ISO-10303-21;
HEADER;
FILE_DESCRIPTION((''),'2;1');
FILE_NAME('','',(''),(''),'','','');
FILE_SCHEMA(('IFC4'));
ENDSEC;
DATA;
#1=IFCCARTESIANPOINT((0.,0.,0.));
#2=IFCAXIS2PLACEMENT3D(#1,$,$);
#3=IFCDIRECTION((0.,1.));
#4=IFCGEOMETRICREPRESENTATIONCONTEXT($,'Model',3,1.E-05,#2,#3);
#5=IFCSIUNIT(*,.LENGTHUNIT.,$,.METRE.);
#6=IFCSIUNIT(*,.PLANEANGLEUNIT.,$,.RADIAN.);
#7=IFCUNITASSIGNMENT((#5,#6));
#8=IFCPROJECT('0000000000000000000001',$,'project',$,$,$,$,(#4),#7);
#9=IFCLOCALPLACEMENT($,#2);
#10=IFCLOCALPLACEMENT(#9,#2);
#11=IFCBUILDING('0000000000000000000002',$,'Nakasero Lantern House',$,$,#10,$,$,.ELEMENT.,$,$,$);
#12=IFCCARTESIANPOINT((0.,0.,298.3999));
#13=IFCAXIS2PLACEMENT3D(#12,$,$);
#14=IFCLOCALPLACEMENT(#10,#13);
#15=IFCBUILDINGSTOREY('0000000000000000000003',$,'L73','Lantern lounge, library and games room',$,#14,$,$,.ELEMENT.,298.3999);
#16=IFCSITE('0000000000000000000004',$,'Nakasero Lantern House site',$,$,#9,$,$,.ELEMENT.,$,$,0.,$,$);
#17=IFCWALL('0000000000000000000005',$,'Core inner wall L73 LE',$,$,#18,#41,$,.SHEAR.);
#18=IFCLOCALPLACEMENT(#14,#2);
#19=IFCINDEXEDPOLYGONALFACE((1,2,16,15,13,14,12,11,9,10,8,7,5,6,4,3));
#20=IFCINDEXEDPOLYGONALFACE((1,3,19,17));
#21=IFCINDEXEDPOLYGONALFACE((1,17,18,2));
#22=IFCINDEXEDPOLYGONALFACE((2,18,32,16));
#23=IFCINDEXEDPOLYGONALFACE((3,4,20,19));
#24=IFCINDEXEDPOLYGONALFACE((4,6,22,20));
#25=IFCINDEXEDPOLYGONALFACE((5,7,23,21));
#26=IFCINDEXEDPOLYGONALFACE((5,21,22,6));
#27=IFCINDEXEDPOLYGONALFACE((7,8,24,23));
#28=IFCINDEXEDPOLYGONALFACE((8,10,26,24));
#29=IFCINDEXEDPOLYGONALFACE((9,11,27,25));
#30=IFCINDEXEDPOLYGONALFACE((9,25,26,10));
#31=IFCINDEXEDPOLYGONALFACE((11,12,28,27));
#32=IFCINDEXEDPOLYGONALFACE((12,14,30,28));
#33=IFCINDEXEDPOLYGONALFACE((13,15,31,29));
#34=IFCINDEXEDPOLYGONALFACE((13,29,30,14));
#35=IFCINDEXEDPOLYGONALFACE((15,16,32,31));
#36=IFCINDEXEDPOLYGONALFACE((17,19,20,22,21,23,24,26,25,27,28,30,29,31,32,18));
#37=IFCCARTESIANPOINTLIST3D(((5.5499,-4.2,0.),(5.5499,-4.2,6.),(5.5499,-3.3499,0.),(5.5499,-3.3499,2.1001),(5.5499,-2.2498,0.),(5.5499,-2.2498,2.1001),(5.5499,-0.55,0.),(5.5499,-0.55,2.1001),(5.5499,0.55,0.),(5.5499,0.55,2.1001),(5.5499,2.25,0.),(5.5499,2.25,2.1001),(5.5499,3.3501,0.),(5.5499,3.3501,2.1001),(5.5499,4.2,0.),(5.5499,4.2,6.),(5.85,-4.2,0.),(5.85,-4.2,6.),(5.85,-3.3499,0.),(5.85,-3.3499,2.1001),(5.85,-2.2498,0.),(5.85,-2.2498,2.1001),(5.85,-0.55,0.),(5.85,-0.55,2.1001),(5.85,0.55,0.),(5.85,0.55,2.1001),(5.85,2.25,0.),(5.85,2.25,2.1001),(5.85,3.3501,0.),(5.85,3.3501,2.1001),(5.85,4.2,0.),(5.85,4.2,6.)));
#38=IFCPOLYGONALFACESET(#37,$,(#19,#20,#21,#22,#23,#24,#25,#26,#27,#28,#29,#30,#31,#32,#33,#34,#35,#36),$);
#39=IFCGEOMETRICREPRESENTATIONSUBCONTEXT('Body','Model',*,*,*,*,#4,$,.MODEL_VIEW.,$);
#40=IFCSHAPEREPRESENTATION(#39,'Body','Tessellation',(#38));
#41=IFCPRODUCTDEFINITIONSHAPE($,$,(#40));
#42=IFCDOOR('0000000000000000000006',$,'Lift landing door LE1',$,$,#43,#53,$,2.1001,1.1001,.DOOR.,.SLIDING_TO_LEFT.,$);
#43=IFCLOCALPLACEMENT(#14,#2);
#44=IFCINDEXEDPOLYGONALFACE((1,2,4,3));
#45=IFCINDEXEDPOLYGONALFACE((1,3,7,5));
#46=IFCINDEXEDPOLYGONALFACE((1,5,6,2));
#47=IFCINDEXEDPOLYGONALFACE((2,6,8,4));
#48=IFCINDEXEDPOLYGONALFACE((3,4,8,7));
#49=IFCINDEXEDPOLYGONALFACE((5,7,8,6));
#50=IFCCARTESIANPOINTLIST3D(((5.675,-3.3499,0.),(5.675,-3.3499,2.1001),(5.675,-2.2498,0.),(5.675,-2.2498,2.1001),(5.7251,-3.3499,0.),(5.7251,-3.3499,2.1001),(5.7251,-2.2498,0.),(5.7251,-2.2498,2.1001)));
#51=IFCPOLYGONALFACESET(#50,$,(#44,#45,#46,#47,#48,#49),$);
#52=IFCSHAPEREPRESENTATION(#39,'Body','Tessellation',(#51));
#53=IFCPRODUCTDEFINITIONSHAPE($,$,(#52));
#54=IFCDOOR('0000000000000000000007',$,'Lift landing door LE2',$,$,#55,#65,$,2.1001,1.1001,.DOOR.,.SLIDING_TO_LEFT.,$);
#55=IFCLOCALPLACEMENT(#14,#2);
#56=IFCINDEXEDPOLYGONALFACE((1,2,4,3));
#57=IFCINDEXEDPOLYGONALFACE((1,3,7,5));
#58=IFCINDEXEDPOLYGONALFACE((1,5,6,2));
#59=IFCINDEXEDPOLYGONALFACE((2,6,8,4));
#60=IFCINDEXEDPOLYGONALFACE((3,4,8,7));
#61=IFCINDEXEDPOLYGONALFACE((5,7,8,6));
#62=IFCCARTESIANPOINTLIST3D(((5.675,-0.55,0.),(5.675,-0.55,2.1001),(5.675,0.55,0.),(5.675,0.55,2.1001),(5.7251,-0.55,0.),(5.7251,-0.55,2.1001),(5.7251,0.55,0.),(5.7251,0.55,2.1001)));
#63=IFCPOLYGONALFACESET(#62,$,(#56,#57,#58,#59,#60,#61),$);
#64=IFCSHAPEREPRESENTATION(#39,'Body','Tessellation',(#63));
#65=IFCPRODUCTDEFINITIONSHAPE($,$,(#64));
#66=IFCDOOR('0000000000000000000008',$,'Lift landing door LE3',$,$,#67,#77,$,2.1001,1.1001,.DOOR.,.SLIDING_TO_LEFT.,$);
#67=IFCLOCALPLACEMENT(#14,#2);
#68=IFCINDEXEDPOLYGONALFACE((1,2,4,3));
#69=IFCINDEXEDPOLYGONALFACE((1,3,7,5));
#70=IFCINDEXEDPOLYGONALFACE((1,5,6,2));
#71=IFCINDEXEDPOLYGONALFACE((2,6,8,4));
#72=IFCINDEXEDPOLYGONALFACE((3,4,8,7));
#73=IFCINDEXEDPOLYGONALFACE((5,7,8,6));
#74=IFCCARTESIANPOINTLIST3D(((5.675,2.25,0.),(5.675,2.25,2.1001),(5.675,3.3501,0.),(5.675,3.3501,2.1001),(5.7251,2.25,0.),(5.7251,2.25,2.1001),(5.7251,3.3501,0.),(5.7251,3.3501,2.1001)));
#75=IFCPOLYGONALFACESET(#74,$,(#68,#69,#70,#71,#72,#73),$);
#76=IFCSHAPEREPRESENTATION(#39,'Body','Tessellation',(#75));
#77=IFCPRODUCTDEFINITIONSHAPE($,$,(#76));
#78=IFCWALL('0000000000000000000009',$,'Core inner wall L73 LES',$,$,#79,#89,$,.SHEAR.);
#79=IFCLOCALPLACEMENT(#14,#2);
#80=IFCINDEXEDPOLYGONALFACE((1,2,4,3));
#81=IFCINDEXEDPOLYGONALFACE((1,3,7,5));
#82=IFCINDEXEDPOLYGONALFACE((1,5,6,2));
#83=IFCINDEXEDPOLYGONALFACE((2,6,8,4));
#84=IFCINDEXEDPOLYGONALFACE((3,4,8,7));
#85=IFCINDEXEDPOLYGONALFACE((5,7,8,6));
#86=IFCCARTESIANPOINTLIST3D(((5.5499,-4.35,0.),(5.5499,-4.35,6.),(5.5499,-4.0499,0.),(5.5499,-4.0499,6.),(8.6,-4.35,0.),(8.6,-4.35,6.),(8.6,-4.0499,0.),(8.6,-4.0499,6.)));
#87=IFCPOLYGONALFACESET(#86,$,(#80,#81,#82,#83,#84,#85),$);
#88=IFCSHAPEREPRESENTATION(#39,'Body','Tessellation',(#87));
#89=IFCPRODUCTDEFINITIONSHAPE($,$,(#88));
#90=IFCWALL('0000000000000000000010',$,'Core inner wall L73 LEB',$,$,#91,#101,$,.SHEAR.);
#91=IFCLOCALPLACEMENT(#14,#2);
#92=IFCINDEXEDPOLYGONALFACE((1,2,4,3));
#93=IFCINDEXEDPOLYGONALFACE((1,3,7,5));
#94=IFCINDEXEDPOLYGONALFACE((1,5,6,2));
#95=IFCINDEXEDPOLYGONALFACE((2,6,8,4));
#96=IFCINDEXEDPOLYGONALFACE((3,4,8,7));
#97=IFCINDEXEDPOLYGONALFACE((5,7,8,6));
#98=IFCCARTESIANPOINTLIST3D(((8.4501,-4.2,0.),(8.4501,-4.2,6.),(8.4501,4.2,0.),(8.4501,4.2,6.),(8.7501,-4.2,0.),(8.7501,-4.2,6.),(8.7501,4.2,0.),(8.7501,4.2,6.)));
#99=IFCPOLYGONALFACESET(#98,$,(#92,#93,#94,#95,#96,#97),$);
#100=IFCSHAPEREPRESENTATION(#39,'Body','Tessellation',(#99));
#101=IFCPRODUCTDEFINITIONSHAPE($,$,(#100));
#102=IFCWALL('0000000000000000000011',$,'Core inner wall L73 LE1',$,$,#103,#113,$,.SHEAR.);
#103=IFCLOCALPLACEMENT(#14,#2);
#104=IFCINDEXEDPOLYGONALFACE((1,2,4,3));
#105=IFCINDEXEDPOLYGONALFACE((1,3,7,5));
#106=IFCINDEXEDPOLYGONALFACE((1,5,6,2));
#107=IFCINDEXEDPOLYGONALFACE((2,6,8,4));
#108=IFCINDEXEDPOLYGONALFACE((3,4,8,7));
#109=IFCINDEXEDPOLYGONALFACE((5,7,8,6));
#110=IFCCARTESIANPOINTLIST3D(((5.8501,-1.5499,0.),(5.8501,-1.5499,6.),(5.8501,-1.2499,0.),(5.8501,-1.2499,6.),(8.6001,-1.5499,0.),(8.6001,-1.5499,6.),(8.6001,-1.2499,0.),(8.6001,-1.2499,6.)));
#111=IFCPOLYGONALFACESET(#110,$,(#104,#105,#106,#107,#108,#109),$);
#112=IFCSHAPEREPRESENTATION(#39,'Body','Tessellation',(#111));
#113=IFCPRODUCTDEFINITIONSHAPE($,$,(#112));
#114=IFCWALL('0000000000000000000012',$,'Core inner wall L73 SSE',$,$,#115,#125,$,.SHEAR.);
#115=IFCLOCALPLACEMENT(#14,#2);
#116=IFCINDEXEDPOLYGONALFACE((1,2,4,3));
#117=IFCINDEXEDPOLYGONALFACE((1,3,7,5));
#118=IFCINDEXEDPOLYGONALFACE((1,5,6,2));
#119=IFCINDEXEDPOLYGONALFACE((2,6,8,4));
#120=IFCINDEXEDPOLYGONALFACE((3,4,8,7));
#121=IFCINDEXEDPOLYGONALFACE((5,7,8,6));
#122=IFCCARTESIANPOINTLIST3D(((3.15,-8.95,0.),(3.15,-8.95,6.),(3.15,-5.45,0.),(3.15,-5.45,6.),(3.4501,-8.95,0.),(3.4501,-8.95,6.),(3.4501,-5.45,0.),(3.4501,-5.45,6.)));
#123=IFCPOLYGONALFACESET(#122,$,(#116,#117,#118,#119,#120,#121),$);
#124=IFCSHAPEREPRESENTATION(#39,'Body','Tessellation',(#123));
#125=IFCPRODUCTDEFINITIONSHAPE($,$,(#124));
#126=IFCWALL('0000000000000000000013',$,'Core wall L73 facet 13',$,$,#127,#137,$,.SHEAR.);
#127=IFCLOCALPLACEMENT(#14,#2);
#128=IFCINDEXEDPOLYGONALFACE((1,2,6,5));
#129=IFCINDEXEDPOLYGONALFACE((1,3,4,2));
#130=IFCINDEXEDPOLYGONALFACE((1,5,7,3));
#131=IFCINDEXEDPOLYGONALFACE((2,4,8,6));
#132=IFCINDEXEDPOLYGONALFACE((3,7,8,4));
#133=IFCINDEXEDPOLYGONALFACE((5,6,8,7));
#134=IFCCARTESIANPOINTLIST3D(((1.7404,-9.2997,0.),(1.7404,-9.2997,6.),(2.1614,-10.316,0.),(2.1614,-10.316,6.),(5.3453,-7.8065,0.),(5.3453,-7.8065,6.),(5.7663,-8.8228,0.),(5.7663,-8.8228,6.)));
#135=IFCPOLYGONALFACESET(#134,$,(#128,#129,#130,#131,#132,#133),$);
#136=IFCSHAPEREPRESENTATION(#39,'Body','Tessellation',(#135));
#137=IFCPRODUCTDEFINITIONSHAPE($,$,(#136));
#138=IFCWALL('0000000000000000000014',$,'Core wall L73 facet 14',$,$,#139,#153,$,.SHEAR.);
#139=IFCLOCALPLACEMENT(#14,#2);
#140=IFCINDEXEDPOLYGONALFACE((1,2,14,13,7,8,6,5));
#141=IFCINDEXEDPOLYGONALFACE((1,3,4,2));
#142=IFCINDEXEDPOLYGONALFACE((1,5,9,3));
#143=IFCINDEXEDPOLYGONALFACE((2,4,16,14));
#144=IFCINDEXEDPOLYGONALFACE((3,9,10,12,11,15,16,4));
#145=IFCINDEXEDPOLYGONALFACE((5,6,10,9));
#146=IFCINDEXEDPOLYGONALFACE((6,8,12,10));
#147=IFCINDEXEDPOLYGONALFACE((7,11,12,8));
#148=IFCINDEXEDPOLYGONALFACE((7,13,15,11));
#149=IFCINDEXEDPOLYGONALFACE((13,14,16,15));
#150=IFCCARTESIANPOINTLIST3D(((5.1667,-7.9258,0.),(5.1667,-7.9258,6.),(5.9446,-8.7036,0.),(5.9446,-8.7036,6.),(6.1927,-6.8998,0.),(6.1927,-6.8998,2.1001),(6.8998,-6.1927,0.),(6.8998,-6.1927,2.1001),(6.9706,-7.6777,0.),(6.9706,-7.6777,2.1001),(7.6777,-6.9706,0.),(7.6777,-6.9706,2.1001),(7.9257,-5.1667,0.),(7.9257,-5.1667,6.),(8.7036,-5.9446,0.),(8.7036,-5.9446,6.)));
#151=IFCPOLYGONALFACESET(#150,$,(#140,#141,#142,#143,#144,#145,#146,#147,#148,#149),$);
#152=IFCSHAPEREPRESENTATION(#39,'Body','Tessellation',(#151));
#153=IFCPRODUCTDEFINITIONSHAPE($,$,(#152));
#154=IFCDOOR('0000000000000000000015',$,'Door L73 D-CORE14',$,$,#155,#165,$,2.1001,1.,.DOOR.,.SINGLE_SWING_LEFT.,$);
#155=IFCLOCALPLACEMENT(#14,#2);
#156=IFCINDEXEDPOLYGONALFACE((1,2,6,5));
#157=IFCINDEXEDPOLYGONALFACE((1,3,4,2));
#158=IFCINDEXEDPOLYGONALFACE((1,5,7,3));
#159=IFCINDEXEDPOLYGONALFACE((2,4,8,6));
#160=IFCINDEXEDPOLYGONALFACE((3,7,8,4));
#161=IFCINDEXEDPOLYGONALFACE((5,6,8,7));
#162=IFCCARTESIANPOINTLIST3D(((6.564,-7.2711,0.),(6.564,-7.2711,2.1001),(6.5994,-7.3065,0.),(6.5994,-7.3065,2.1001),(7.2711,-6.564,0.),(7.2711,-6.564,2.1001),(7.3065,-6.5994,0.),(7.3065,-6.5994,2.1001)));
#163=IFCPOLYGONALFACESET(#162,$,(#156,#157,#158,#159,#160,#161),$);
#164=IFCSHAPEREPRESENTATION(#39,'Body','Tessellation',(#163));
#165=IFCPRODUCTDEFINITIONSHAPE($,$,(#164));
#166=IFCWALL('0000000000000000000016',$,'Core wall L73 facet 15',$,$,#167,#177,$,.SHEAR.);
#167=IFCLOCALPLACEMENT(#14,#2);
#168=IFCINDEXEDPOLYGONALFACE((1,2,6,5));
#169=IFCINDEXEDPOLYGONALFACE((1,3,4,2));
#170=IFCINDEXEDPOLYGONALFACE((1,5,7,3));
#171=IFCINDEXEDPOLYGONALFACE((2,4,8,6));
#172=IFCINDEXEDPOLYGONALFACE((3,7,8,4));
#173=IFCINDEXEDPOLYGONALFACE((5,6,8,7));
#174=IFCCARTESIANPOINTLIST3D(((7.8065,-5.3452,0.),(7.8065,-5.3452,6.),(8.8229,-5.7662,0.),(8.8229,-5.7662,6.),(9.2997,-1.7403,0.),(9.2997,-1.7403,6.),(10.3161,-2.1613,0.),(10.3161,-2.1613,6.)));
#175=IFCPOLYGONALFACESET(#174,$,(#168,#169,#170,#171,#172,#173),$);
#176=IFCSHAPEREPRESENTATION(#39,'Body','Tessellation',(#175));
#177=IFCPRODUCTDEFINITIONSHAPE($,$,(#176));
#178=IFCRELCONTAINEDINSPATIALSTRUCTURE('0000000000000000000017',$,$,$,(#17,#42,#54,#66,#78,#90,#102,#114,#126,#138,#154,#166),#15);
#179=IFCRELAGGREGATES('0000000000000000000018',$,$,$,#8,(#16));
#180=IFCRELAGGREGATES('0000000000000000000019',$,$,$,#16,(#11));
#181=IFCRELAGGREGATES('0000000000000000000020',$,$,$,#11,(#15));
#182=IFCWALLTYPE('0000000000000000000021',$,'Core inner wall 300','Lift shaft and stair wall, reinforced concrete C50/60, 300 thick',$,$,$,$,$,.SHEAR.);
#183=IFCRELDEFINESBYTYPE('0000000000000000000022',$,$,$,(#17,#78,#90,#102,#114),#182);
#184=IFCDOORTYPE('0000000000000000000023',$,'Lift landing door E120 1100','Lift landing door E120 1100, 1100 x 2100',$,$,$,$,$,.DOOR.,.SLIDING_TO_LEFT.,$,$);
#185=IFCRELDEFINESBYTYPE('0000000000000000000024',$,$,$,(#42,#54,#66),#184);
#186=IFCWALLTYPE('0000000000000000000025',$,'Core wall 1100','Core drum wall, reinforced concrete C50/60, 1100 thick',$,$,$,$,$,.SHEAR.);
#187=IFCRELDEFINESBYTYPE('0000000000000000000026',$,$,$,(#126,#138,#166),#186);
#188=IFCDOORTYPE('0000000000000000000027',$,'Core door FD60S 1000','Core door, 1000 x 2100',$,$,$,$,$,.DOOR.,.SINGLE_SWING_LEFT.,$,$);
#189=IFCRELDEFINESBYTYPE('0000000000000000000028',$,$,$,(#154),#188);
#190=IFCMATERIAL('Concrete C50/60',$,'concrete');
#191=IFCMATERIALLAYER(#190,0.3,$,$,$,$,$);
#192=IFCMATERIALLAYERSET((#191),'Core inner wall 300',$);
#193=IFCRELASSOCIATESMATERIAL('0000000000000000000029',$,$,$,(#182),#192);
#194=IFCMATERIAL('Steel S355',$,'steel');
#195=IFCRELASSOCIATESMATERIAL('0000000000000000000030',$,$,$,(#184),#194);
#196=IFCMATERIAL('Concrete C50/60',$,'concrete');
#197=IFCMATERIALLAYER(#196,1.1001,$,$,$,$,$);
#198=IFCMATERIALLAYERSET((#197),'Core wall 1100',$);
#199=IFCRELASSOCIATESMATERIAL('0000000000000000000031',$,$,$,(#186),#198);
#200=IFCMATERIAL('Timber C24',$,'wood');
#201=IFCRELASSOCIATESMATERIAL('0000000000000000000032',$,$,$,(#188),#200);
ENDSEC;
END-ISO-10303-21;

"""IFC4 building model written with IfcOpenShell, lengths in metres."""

from ifc_helpers import new_model, si_unit, direction, frame, frame_2d, origin, place, context, subcontext, project, spatial, rectangle, extrude, material, layer, layer_set, type_object, element, fill, save


model = new_model("IFC4")

# Units and contexts
model_context = context("Model", 3, precision=1e-05, world=origin(), true_north=direction((0.0, 1.0)))
body_context = subcontext(model_context, "Body", "Model", "MODEL_VIEW")
ifc_project = project(units=[si_unit("LENGTHUNIT", "METRE"), si_unit("PLANEANGLEUNIT", "RADIAN")], contexts=[model_context])

# Site, building, storey
site_placement = place(None, origin())
site = spatial("IfcSite", under=ifc_project, at=site_placement, Name="Nakasero Lantern House site", CompositionType="ELEMENT", RefElevation=0.0)
building_placement = place(site_placement, origin())
building = spatial("IfcBuilding", under=site, at=building_placement, Name="Nakasero Lantern House", CompositionType="ELEMENT")
storey_placement = place(building_placement, frame((0.0, 0.0, 298.3999)))
storey = spatial("IfcBuildingStorey", under=building, at=storey_placement, Name="L73", Description="Lantern lounge, library and games room", CompositionType="ELEMENT", Elevation=298.3999)

# Wall, openings, doors
ifc_material_1 = material(Name="Concrete C50/60", Category="concrete")
ifc_layer_1 = layer(ifc_material_1, 0.3)
ifc_layer_set_1 = layer_set([ifc_layer_1], Name="Core inner wall 300")
wall_type_1 = type_object("IfcWallType", Name="Core inner wall 300", Description="Lift shaft and stair wall, reinforced concrete C50/60, 300 thick", PredefinedType="SHEAR", material=ifc_layer_set_1)
wall_1_placement = place(storey_placement, frame((5.7, -4.2, 0.0), z_axis=(0.0, 0.0, 1.0), x_axis=(0.0, 1.0, 0.0)))
wall_1 = element("IfcWall", 1, at=wall_1_placement, inside=storey, type_object=wall_type_1, Name="Core inner wall L73 LE", PredefinedType="SHEAR", context=body_context, shape_type="SweptSolid", body=[
    extrude(rectangle(XDim=8.3999, YDim=0.3, at=frame_2d((4.2, 0.0))), origin(), (0.0, 0.0, 1.0), 6.0),
])
opening_1_placement = place(wall_1_placement, frame((0.8501, 0.0, 0.0)))
opening_1 = element("IfcOpeningElement", 2, at=opening_1_placement, cuts=wall_1, PredefinedType="OPENING", context=body_context, shape_type="SweptSolid", body=[
    extrude(rectangle(XDim=1.1001, YDim=2.1001, at=frame_2d((0.55, 1.05))), frame((0.0, 0.1699, 0.0), z_axis=(0.0, -1.0, 0.0), x_axis=(1.0, 0.0, 0.0)), (0.0, 0.0, 1.0), 0.3401),
])
opening_2_placement = place(wall_1_placement, frame((3.6499, 0.0, 0.0)))
opening_2 = element("IfcOpeningElement", 3, at=opening_2_placement, cuts=wall_1, PredefinedType="OPENING", context=body_context, shape_type="SweptSolid", body=[
    extrude(rectangle(XDim=1.1001, YDim=2.1001, at=frame_2d((0.55, 1.05))), frame((0.0, 0.1699, 0.0), z_axis=(0.0, -1.0, 0.0), x_axis=(1.0, 0.0, 0.0)), (0.0, 0.0, 1.0), 0.3401),
])
opening_3_placement = place(wall_1_placement, frame((6.45, 0.0, 0.0)))
opening_3 = element("IfcOpeningElement", 4, at=opening_3_placement, cuts=wall_1, PredefinedType="OPENING", context=body_context, shape_type="SweptSolid", body=[
    extrude(rectangle(XDim=1.1001, YDim=2.1001, at=frame_2d((0.55, 1.05))), frame((0.0, 0.1699, 0.0), z_axis=(0.0, -1.0, 0.0), x_axis=(1.0, 0.0, 0.0)), (0.0, 0.0, 1.0), 0.3401),
])
ifc_material_2 = material(Name="Steel S355", Category="steel")
door_type_1 = type_object("IfcDoorType", Name="Lift landing door E120 1100", Description="Lift landing door E120 1100, 1100 x 2100", OperationType="SLIDING_TO_LEFT", PredefinedType="DOOR", material=ifc_material_2)
door_1_placement = place(opening_1_placement, origin())
door_1 = element("IfcDoor", 5, at=door_1_placement, inside=storey, type_object=door_type_1, Name="Lift landing door LE1", OperationType="SLIDING_TO_LEFT", OverallHeight=2.1001, OverallWidth=1.1001, PredefinedType="DOOR", context=body_context, shape_type="SweptSolid", body=[
    extrude(rectangle(XDim=1.1001, YDim=2.1001, at=frame_2d((0.55, 1.05))), frame((0.0, 0.0249, 0.0), z_axis=(0.0, -1.0, 0.0), x_axis=(1.0, 0.0, 0.0)), (0.0, 0.0, 1.0), 0.05),
])
fill(opening_1, door_1)
door_2_placement = place(opening_2_placement, origin())
door_2 = element("IfcDoor", 6, at=door_2_placement, inside=storey, type_object=door_type_1, Name="Lift landing door LE2", OperationType="SLIDING_TO_LEFT", OverallHeight=2.1001, OverallWidth=1.1001, PredefinedType="DOOR", context=body_context, shape_type="SweptSolid", body=[
    extrude(rectangle(XDim=1.1001, YDim=2.1001, at=frame_2d((0.55, 1.05))), frame((0.0, 0.0249, 0.0), z_axis=(0.0, -1.0, 0.0), x_axis=(1.0, 0.0, 0.0)), (0.0, 0.0, 1.0), 0.05),
])
fill(opening_2, door_2)
door_3_placement = place(opening_3_placement, origin())
door_3 = element("IfcDoor", 7, at=door_3_placement, inside=storey, type_object=door_type_1, Name="Lift landing door LE3", OperationType="SLIDING_TO_LEFT", OverallHeight=2.1001, OverallWidth=1.1001, PredefinedType="DOOR", context=body_context, shape_type="SweptSolid", body=[
    extrude(rectangle(XDim=1.1001, YDim=2.1001, at=frame_2d((0.55, 1.05))), frame((0.0, 0.0249, 0.0), z_axis=(0.0, -1.0, 0.0), x_axis=(1.0, 0.0, 0.0)), (0.0, 0.0, 1.0), 0.05),
])
fill(opening_3, door_3)

# Walls
wall_2_placement = place(storey_placement, frame((5.55, -4.2, 0.0), z_axis=(0.0, 0.0, 1.0), x_axis=(1.0, 0.0, 0.0)))
element("IfcWall", 8, at=wall_2_placement, inside=storey, type_object=wall_type_1, Name="Core inner wall L73 LES", PredefinedType="SHEAR", context=body_context, shape_type="SweptSolid", body=[
    extrude(rectangle(XDim=3.05, YDim=0.3, at=frame_2d((1.5249, 0.0))), origin(), (0.0, 0.0, 1.0), 6.0),
])
wall_3_placement = place(storey_placement, frame((8.6001, -4.2, 0.0), z_axis=(0.0, 0.0, 1.0), x_axis=(0.0, 1.0, 0.0)))
element("IfcWall", 9, at=wall_3_placement, inside=storey, type_object=wall_type_1, Name="Core inner wall L73 LEB", PredefinedType="SHEAR", context=body_context, shape_type="SweptSolid", body=[
    extrude(rectangle(XDim=8.3999, YDim=0.3, at=frame_2d((4.2, 0.0))), origin(), (0.0, 0.0, 1.0), 6.0),
])
wall_4_placement = place(storey_placement, frame((5.8501, -1.3999, 0.0), z_axis=(0.0, 0.0, 1.0), x_axis=(1.0, 0.0, 0.0)))
element("IfcWall", 10, at=wall_4_placement, inside=storey, type_object=wall_type_1, Name="Core inner wall L73 LE1", PredefinedType="SHEAR", context=body_context, shape_type="SweptSolid", body=[
    extrude(rectangle(XDim=2.75, YDim=0.3, at=frame_2d((1.375, 0.0))), origin(), (0.0, 0.0, 1.0), 6.0),
])
wall_5_placement = place(storey_placement, frame((3.3, -5.45, 0.0), z_axis=(0.0, 0.0, 1.0), x_axis=(0.0, -1.0, 0.0)))
element("IfcWall", 11, at=wall_5_placement, inside=storey, type_object=wall_type_1, Name="Core inner wall L73 SSE", PredefinedType="SHEAR", context=body_context, shape_type="SweptSolid", body=[
    extrude(rectangle(XDim=3.5, YDim=0.3, at=frame_2d((1.75, 0.0))), origin(), (0.0, 0.0, 1.0), 6.0),
])
ifc_material_3 = material(Name="Concrete C50/60", Category="concrete")
ifc_layer_2 = layer(ifc_material_3, 1.1001)
ifc_layer_set_2 = layer_set([ifc_layer_2], Name="Core wall 1100")
wall_type_2 = type_object("IfcWallType", Name="Core wall 1100", Description="Core drum wall, reinforced concrete C50/60, 1100 thick", PredefinedType="SHEAR", material=ifc_layer_set_2)
wall_6_placement = place(storey_placement, frame((1.9509, -9.8079, 0.0), z_axis=(0.0, 0.0, 1.0), x_axis=(0.923877, 0.382691, 0.0)))
element("IfcWall", 12, at=wall_6_placement, inside=storey, type_object=wall_type_2, Name="Core wall L73 facet 13", PredefinedType="SHEAR", context=body_context, shape_type="SweptSolid", body=[
    extrude(rectangle(XDim=3.9019, YDim=1.1001, at=frame_2d((1.9509, 0.0))), origin(), (0.0, 0.0, 1.0), 6.0),
])

# Wall, opening, door
wall_7_placement = place(storey_placement, frame((5.5557, -8.3147, 0.0), z_axis=(0.0, 0.0, 1.0), x_axis=(0.707107, 0.707107, 0.0)))
wall_7 = element("IfcWall", 13, at=wall_7_placement, inside=storey, type_object=wall_type_2, Name="Core wall L73 facet 14", PredefinedType="SHEAR", context=body_context, shape_type="SweptSolid", body=[
    extrude(rectangle(XDim=3.9019, YDim=1.1001, at=frame_2d((1.9509, 0.0))), origin(), (0.0, 0.0, 1.0), 6.0),
])
opening_4_placement = place(wall_7_placement, frame((1.4509, 0.0, 0.0)))
opening_4 = element("IfcOpeningElement", 14, at=opening_4_placement, cuts=wall_7, PredefinedType="OPENING", context=body_context, shape_type="SweptSolid", body=[
    extrude(rectangle(XDim=1.0, YDim=2.1001, at=frame_2d((0.5, 1.05))), frame((0.0, 0.5701, 0.0), z_axis=(0.0, -1.0, 0.0), x_axis=(1.0, 0.0, 0.0)), (0.0, 0.0, 1.0), 1.1401),
])
ifc_material_4 = material(Name="Timber C24", Category="wood")
door_type_2 = type_object("IfcDoorType", Name="Core door FD60S 1000", Description="Core door, 1000 x 2100", OperationType="SINGLE_SWING_LEFT", PredefinedType="DOOR", material=ifc_material_4)
door_4_placement = place(opening_4_placement, origin())
door_4 = element("IfcDoor", 15, at=door_4_placement, inside=storey, type_object=door_type_2, Name="Door L73 D-CORE14", OperationType="SINGLE_SWING_LEFT", OverallHeight=2.1001, OverallWidth=1.0, PredefinedType="DOOR", context=body_context, shape_type="SweptSolid", body=[
    extrude(rectangle(XDim=1.0, YDim=2.1001, at=frame_2d((0.5, 1.05))), frame((0.0, 0.0249, 0.0), z_axis=(0.0, -1.0, 0.0), x_axis=(1.0, 0.0, 0.0)), (0.0, 0.0, 1.0), 0.05),
])
fill(opening_4, door_4)

# Wall
for number, where, z_axis, x_axis, name in (
    (16, (8.3147, -5.5557, 0.0), (0.0, 0.0, 1.0), (0.382691, 0.923877, 0.0), "Core wall L73 facet 15"),
):
    element("IfcWall", number, at=place(storey_placement, frame(where, z_axis=z_axis, x_axis=x_axis)), inside=storey, type_object=wall_type_2, Name=name, PredefinedType="SHEAR", context=body_context, shape_type="SweptSolid", body=[
        extrude(rectangle(XDim=3.9019, YDim=1.1001, at=frame_2d((1.9509, 0.0))), origin(), (0.0, 0.0, 1.0), 6.0),
    ])

save(model, "model.ifc")
